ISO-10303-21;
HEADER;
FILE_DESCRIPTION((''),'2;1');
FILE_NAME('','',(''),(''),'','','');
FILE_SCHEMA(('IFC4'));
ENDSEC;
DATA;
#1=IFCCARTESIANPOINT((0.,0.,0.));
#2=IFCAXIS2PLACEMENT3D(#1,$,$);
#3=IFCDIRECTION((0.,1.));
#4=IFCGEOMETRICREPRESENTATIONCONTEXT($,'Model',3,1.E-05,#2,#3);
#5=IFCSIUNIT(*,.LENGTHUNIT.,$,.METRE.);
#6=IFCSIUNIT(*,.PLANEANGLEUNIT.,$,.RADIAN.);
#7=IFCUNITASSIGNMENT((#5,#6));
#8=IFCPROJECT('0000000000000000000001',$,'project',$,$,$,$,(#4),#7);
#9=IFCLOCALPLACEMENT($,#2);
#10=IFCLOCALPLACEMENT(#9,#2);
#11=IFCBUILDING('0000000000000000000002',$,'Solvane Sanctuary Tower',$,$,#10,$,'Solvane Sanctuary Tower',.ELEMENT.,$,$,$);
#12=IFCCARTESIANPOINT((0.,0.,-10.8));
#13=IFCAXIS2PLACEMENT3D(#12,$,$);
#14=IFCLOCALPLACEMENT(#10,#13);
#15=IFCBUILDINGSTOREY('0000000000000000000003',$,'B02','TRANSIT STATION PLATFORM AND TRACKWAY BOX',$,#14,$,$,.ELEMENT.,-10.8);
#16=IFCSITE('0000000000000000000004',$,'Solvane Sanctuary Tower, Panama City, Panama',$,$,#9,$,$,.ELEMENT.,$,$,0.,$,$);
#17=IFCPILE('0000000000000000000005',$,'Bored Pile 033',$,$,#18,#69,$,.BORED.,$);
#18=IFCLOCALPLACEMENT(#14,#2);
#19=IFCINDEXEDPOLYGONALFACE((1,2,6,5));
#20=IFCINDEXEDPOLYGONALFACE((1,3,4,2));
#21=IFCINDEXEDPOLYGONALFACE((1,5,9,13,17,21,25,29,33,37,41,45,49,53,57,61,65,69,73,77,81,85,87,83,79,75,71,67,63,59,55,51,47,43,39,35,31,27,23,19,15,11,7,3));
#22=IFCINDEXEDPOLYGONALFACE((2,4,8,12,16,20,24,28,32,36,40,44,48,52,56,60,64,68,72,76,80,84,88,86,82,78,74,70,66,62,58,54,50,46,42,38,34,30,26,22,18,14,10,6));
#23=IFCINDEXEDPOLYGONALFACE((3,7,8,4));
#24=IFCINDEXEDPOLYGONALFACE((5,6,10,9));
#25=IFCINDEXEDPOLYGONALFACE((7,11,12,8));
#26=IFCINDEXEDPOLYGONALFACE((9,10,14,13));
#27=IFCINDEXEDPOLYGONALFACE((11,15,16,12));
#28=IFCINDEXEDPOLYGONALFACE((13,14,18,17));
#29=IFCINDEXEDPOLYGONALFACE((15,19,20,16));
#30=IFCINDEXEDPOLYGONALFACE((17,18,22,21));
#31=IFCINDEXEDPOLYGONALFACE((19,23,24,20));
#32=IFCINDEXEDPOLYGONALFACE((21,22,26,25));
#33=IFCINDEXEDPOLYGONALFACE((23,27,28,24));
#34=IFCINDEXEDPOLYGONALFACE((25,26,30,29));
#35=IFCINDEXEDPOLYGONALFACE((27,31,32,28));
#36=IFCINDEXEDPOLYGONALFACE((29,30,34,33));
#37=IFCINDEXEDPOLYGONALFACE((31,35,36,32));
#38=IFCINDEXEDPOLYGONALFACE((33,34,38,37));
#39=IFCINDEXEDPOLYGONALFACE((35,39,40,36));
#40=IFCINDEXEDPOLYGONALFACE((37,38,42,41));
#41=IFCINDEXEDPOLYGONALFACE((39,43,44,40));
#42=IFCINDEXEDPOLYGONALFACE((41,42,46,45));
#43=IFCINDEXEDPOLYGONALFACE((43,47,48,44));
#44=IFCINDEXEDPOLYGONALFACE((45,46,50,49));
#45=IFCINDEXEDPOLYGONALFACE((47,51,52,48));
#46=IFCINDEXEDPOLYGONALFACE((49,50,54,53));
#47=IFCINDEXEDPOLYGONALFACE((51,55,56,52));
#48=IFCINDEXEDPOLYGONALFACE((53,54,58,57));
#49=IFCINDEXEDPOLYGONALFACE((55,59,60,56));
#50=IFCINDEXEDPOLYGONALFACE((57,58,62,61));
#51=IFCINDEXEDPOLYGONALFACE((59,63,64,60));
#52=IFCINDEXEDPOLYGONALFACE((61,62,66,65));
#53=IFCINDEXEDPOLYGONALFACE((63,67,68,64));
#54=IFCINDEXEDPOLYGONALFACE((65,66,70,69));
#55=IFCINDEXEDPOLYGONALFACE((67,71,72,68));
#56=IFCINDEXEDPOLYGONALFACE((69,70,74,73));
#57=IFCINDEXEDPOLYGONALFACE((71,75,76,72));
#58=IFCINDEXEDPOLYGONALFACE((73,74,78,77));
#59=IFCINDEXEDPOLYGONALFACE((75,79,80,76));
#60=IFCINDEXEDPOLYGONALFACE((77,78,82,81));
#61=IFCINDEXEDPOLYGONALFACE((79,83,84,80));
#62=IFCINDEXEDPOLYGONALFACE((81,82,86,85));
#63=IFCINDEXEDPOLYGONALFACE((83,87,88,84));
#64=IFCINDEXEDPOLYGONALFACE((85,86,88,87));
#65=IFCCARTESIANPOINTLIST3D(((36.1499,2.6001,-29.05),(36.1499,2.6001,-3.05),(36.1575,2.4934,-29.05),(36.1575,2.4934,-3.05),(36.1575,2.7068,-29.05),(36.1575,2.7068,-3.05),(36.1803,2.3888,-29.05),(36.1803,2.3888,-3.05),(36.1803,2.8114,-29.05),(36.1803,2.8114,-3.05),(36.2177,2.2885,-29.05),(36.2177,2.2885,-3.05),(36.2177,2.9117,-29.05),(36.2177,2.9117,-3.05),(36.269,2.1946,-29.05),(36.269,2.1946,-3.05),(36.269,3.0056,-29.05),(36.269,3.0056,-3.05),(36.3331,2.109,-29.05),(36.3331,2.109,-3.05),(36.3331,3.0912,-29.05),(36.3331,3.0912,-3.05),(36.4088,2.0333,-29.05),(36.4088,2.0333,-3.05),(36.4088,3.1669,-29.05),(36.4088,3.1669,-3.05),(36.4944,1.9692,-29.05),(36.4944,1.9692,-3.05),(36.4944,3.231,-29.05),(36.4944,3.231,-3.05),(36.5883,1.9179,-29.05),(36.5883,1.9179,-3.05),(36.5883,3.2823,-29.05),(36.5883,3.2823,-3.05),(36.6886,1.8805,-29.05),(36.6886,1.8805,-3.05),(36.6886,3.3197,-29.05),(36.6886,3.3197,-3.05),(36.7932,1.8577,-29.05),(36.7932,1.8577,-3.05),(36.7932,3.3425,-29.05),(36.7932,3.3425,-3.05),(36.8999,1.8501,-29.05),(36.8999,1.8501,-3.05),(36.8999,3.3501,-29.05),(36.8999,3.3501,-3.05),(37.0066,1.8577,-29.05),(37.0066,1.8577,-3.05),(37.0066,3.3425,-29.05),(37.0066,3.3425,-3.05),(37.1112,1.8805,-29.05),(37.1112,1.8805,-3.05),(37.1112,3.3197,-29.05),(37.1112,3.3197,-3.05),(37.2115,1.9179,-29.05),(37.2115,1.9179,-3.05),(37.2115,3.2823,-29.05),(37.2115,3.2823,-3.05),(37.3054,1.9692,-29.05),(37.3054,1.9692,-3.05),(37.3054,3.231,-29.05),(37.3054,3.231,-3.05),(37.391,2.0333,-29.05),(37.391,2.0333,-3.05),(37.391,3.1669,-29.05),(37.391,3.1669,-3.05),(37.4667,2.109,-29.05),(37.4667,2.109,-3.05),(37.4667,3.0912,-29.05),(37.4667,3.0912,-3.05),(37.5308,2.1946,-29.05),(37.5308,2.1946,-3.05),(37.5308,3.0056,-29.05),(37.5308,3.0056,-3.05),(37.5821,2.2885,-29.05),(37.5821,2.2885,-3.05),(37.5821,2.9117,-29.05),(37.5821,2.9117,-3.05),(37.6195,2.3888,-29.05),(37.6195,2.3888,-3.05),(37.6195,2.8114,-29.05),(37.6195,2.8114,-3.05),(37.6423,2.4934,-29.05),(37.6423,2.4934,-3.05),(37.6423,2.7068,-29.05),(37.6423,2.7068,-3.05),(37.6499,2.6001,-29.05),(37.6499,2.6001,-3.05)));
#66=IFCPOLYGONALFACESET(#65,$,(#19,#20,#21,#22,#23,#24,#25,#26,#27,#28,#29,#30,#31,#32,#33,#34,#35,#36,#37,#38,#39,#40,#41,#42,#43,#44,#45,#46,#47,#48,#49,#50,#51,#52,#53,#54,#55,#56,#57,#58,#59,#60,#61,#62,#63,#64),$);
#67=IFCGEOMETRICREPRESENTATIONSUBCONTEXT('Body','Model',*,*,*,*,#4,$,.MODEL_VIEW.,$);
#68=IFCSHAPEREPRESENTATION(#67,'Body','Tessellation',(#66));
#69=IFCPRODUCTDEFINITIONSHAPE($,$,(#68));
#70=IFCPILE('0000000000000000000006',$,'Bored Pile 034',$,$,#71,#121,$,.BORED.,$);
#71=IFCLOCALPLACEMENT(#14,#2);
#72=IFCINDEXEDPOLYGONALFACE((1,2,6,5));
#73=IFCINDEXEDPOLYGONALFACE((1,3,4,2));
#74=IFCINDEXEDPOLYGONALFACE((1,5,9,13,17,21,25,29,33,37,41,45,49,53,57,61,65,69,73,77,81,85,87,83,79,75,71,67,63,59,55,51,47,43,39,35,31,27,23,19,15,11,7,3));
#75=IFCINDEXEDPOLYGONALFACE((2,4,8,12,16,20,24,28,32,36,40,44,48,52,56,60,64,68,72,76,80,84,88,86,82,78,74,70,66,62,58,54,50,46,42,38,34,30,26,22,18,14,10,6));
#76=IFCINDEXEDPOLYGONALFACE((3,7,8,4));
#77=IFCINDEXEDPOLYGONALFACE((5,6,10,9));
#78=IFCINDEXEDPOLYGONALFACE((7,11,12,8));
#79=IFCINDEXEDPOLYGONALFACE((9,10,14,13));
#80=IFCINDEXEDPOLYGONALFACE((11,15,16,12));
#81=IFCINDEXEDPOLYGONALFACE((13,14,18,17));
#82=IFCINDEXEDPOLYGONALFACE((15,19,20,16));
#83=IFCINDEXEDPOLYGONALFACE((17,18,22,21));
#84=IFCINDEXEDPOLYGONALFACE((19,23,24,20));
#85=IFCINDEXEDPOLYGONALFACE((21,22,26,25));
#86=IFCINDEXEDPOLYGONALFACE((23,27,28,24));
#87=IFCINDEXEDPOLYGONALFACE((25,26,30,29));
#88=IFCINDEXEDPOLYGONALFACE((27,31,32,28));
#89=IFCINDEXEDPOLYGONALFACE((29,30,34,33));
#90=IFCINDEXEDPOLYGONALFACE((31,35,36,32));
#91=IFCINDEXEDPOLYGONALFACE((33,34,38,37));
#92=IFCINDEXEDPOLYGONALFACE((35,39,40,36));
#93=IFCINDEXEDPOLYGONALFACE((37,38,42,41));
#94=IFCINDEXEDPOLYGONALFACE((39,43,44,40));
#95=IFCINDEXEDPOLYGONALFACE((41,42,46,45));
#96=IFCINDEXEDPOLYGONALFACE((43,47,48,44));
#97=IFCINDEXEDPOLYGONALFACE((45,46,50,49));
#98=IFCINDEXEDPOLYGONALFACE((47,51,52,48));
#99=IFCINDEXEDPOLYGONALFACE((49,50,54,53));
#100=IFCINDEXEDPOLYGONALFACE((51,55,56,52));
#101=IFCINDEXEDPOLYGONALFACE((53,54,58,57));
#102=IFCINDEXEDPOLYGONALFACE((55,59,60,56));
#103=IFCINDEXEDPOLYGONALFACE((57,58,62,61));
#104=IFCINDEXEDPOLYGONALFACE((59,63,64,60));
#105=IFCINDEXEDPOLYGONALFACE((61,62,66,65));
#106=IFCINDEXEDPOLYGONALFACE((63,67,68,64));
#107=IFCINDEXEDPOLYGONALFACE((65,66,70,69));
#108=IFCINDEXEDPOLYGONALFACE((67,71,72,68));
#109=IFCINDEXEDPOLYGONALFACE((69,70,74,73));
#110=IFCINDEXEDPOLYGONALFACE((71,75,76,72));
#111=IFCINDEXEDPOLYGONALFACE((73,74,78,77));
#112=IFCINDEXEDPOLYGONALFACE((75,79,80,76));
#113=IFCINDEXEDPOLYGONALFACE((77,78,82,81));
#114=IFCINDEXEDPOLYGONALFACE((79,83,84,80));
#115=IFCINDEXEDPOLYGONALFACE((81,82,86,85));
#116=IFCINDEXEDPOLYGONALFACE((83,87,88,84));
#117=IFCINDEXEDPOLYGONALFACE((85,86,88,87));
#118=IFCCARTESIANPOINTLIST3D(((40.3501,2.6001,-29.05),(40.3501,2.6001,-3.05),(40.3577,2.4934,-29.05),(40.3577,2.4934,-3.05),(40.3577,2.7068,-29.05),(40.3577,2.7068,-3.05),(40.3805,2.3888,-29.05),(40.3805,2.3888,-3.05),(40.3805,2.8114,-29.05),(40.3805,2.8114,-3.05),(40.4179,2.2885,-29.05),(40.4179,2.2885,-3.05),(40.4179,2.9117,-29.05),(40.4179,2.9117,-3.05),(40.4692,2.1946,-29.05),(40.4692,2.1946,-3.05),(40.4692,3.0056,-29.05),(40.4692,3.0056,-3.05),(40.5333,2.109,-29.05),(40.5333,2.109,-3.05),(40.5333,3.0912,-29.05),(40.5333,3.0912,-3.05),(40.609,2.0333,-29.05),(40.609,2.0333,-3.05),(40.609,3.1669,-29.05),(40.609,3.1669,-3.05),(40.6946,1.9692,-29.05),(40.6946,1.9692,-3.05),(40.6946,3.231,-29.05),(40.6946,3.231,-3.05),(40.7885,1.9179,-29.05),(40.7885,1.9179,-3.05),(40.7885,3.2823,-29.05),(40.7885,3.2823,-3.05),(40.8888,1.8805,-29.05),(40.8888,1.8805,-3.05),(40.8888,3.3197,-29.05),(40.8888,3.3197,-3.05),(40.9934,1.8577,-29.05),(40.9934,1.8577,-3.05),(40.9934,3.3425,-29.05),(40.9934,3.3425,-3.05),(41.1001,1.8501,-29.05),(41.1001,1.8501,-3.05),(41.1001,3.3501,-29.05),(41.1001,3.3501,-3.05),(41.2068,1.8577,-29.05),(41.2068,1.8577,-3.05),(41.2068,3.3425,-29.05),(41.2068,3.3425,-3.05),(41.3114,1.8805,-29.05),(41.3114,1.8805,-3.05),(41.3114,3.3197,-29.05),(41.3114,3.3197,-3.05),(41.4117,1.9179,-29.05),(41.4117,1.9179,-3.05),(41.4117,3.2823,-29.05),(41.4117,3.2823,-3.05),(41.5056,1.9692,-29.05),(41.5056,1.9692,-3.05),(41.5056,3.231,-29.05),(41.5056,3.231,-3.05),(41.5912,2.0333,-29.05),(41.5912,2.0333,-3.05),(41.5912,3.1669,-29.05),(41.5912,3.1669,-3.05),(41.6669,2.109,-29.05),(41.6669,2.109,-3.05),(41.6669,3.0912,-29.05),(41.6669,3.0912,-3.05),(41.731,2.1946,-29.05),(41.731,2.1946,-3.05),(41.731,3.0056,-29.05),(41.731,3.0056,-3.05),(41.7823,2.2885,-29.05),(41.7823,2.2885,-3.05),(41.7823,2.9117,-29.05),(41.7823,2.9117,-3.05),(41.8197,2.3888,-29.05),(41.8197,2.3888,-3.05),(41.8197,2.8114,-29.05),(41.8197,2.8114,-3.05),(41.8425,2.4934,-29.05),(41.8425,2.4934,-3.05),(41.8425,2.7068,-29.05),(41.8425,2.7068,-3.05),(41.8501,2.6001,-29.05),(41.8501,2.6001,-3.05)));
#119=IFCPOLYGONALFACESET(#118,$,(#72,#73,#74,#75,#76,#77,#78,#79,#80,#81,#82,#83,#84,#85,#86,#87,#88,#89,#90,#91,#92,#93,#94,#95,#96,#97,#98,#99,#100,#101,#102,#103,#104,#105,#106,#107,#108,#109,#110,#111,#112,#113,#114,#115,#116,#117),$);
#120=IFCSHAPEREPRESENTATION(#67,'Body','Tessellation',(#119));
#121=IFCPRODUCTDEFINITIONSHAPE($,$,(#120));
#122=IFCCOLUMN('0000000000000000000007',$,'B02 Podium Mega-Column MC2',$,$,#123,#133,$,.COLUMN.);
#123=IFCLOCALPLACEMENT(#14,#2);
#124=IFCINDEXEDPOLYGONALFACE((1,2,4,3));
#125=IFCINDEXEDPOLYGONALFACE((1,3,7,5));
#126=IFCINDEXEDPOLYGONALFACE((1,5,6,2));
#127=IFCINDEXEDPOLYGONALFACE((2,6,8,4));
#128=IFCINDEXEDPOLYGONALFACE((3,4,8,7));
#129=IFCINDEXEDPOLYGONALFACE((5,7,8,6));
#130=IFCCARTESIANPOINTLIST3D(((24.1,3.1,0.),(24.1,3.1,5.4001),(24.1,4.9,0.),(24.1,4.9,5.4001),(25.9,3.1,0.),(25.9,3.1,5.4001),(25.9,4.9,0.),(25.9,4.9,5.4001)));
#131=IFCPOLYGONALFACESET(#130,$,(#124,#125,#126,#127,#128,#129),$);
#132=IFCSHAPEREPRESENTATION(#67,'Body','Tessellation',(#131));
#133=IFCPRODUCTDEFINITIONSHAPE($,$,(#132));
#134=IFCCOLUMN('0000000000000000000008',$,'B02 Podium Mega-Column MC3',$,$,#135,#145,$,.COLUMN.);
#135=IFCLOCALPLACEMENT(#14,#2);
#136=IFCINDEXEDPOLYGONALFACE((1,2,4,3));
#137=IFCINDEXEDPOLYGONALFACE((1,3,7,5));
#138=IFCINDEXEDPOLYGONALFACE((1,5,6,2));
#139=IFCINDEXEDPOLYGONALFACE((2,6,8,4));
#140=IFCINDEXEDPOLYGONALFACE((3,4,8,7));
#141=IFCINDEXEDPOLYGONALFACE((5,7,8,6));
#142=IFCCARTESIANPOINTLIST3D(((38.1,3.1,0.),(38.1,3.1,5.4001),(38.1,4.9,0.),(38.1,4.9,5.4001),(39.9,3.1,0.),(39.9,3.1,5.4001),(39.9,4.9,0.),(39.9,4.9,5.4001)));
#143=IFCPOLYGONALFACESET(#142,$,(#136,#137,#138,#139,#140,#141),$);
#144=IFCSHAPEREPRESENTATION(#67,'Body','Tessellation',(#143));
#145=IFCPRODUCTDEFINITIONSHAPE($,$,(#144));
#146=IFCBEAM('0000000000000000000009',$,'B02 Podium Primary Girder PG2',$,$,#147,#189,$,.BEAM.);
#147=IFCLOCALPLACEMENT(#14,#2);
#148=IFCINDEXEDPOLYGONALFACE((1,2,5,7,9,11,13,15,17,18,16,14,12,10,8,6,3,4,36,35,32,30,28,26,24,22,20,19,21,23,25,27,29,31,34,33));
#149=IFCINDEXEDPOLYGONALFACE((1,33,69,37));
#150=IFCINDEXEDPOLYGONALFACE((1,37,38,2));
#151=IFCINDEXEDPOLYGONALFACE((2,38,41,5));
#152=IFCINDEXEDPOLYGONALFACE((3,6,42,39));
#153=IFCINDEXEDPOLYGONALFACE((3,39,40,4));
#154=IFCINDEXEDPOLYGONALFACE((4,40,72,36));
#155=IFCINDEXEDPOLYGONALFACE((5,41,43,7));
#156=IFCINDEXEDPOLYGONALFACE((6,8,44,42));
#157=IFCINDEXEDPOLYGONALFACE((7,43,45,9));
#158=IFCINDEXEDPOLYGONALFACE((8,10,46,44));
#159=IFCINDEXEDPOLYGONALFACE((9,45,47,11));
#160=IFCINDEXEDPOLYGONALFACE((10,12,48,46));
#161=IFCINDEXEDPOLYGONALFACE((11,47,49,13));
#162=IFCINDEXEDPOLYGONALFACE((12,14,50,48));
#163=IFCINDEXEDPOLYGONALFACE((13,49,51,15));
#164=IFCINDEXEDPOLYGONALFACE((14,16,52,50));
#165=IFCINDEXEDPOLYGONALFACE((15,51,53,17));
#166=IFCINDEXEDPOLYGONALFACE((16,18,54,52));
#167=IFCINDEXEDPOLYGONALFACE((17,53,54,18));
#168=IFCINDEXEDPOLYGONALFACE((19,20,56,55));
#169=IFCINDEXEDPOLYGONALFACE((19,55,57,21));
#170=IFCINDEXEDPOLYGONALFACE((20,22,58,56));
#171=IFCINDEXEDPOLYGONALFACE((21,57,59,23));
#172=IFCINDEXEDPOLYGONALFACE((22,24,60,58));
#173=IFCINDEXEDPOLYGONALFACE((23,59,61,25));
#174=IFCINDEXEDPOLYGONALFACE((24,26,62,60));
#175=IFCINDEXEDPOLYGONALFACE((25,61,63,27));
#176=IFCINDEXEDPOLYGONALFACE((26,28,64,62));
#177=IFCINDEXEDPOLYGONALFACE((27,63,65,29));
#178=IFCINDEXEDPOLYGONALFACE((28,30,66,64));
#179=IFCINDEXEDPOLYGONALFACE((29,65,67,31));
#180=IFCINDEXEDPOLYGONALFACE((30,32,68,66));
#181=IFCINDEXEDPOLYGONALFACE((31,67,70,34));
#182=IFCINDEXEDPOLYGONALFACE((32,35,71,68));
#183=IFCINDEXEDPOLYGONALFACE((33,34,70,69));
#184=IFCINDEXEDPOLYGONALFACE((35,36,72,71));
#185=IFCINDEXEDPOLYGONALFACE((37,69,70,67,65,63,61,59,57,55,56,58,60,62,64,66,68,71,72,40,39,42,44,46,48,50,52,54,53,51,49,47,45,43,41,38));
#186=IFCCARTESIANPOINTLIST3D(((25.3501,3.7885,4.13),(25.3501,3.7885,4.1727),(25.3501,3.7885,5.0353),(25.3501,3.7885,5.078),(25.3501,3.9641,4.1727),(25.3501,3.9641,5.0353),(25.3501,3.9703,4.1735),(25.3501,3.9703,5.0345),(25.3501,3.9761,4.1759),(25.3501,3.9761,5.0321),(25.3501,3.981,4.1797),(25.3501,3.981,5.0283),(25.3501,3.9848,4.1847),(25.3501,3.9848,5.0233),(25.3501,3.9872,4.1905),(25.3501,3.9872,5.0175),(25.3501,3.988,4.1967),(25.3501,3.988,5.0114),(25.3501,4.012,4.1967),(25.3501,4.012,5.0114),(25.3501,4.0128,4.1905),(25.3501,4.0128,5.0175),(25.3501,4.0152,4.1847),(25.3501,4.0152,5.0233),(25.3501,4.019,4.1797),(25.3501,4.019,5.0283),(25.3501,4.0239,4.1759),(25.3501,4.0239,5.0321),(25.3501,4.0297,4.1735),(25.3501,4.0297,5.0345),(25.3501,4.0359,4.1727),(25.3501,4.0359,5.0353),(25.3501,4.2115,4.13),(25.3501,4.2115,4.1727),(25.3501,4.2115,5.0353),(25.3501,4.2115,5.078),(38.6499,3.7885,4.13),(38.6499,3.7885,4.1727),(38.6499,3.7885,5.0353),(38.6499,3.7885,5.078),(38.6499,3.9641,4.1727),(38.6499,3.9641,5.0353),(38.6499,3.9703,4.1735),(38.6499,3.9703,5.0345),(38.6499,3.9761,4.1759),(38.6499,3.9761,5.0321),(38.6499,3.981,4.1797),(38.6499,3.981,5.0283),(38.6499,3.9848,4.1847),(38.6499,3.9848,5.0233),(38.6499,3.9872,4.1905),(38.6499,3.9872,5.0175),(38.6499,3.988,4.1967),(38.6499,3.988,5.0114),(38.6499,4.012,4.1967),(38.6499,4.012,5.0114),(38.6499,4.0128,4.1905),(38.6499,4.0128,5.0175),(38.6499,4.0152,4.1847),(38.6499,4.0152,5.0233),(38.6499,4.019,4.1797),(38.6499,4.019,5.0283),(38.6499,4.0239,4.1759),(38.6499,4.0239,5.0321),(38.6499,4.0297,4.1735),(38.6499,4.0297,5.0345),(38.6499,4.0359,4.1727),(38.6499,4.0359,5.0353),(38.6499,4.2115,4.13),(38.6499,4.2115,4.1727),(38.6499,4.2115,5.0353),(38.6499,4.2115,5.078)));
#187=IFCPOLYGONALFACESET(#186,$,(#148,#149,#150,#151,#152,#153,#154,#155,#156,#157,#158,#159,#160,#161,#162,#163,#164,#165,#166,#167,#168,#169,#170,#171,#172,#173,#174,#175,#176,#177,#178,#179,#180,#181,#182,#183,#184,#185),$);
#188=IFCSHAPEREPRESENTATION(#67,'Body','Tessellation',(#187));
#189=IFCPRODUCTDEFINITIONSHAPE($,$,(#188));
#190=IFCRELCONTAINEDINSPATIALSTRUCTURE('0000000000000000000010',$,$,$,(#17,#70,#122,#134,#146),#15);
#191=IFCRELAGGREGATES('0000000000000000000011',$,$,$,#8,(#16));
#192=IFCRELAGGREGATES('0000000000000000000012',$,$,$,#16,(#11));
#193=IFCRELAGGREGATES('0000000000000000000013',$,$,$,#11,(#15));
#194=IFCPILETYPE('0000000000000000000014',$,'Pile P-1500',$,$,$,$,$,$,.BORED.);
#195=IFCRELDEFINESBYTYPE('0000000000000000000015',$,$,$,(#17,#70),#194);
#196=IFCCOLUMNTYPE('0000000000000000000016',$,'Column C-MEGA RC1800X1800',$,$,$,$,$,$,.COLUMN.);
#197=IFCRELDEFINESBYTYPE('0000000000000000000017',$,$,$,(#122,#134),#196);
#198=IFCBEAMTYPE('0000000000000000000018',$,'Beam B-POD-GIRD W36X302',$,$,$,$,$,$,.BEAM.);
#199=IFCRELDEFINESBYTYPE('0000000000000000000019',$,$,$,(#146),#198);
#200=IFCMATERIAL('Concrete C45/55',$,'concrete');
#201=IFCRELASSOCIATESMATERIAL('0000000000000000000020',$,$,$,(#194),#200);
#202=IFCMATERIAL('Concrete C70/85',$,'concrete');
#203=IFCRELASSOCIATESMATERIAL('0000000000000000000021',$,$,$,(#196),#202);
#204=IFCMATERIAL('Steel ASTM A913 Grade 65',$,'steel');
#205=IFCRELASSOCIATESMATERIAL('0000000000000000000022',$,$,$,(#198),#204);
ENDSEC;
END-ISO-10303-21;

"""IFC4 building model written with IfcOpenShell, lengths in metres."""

from ifc_helpers import new_model, si_unit, direction, frame, origin, origin_2d, place, context, subcontext, project, spatial, rectangle, circle, i_section, extrude, material, material_profile, profile_set, type_object, element, save


model = new_model("IFC4")

# Units and contexts
model_context = context("Model", 3, precision=1e-05, world=origin(), true_north=direction((0.0, 1.0)))
body_context = subcontext(model_context, "Body", "Model", "MODEL_VIEW")
ifc_project = project(units=[si_unit("LENGTHUNIT", "METRE"), si_unit("PLANEANGLEUNIT", "RADIAN")], contexts=[model_context])

# Site, building, storey
site_placement = place(None, origin())
site = spatial("IfcSite", under=ifc_project, at=site_placement, Name="Solvane Sanctuary Tower, Panama City, Panama", CompositionType="ELEMENT", RefElevation=0.0)
building_placement = place(site_placement, origin())
building = spatial("IfcBuilding", under=site, at=building_placement, Name="Solvane Sanctuary Tower", LongName="Solvane Sanctuary Tower", CompositionType="ELEMENT")
storey_placement = place(building_placement, frame((0.0, 0.0, -10.8)))
storey = spatial("IfcBuildingStorey", under=building, at=storey_placement, Name="B02", Description="TRANSIT STATION PLATFORM AND TRACKWAY BOX", CompositionType="ELEMENT", Elevation=-10.8)

# Piles
ifc_material_1 = material(Name="Concrete C45/55", Category="concrete")
ifc_material_profile_1 = material_profile(ifc_material_1, circle(Radius=0.75, at=origin_2d()), Name="PILE1500")
ifc_profile_set_1 = profile_set([ifc_material_profile_1], Name="Concrete C45/55")
pile_type_1 = type_object("IfcPileType", Name="Pile P-1500", PredefinedType="BORED", material=ifc_profile_set_1)
for number, where, z_axis, x_axis, name in (
    (1, (36.8999, 2.6001, -3.05), (0.0, 0.0, -1.0), (1.0, 0.0, 0.0), "Bored Pile 033"),
    (2, (41.1001, 2.6001, -3.05), (0.0, 0.0, -1.0), (1.0, 0.0, 0.0), "Bored Pile 034"),
):
    element("IfcPile", number, at=place(storey_placement, frame(where, z_axis=z_axis, x_axis=x_axis)), inside=storey, type_object=pile_type_1, Name=name, PredefinedType="BORED", context=body_context, shape_type="SweptSolid", body=[
        extrude(circle(Radius=0.75, at=origin_2d()), origin(), (0.0, 0.0, 1.0), 26.0),
    ])

# Columns
ifc_material_2 = material(Name="Concrete C70/85", Category="concrete")
ifc_material_profile_2 = material_profile(ifc_material_2, rectangle(XDim=1.8, YDim=1.8, at=origin_2d()), Name="RC1800X1800")
ifc_profile_set_2 = profile_set([ifc_material_profile_2], Name="Concrete C70/85")
column_type = type_object("IfcColumnType", Name="Column C-MEGA RC1800X1800", PredefinedType="COLUMN", material=ifc_profile_set_2)
for number, where, z_axis, x_axis, name in (
    (3, (25.0, 4.0, 0.0), (0.0, 0.0, 1.0), (1.0, 0.0, 0.0), "B02 Podium Mega-Column MC2"),
    (4, (39.0, 4.0, 0.0), (0.0, 0.0, 1.0), (1.0, 0.0, 0.0), "B02 Podium Mega-Column MC3"),
):
    element("IfcColumn", number, at=place(storey_placement, frame(where, z_axis=z_axis, x_axis=x_axis)), inside=storey, type_object=column_type, Name=name, PredefinedType="COLUMN", context=body_context, shape_type="SweptSolid", body=[
        extrude(rectangle(XDim=1.8, YDim=1.8, at=origin_2d()), origin(), (0.0, 0.0, 1.0), 5.4001),
    ])

# Beam
ifc_material_3 = material(Name="Steel ASTM A913 Grade 65", Category="steel")
ifc_material_profile_3 = material_profile(ifc_material_3, i_section(OverallWidth=0.4231, OverallDepth=0.948, WebThickness=0.0239, FlangeThickness=0.0427, FilletRadius=0.0239, at=origin_2d()), Name="W36X302")
ifc_profile_set_3 = profile_set([ifc_material_profile_3], Name="Steel ASTM A913 Grade 65")
beam_type = type_object("IfcBeamType", Name="Beam B-POD-GIRD W36X302", PredefinedType="BEAM", material=ifc_profile_set_3)
beam_1_placement = place(storey_placement, frame((25.3501, 4.0, 4.604), z_axis=(1.0, 0.0, 0.0), x_axis=(0.0, 1.0, 0.0)))
element("IfcBeam", 5, at=beam_1_placement, inside=storey, type_object=beam_type, Name="B02 Podium Primary Girder PG2", PredefinedType="BEAM", context=body_context, shape_type="SweptSolid", body=[
    extrude(i_section(OverallWidth=0.4231, OverallDepth=0.948, WebThickness=0.0239, FlangeThickness=0.0427, FilletRadius=0.0239, at=origin_2d()), origin(), (0.0, 0.0, 1.0), 13.2998),
])

save(model, "model.ifc")
